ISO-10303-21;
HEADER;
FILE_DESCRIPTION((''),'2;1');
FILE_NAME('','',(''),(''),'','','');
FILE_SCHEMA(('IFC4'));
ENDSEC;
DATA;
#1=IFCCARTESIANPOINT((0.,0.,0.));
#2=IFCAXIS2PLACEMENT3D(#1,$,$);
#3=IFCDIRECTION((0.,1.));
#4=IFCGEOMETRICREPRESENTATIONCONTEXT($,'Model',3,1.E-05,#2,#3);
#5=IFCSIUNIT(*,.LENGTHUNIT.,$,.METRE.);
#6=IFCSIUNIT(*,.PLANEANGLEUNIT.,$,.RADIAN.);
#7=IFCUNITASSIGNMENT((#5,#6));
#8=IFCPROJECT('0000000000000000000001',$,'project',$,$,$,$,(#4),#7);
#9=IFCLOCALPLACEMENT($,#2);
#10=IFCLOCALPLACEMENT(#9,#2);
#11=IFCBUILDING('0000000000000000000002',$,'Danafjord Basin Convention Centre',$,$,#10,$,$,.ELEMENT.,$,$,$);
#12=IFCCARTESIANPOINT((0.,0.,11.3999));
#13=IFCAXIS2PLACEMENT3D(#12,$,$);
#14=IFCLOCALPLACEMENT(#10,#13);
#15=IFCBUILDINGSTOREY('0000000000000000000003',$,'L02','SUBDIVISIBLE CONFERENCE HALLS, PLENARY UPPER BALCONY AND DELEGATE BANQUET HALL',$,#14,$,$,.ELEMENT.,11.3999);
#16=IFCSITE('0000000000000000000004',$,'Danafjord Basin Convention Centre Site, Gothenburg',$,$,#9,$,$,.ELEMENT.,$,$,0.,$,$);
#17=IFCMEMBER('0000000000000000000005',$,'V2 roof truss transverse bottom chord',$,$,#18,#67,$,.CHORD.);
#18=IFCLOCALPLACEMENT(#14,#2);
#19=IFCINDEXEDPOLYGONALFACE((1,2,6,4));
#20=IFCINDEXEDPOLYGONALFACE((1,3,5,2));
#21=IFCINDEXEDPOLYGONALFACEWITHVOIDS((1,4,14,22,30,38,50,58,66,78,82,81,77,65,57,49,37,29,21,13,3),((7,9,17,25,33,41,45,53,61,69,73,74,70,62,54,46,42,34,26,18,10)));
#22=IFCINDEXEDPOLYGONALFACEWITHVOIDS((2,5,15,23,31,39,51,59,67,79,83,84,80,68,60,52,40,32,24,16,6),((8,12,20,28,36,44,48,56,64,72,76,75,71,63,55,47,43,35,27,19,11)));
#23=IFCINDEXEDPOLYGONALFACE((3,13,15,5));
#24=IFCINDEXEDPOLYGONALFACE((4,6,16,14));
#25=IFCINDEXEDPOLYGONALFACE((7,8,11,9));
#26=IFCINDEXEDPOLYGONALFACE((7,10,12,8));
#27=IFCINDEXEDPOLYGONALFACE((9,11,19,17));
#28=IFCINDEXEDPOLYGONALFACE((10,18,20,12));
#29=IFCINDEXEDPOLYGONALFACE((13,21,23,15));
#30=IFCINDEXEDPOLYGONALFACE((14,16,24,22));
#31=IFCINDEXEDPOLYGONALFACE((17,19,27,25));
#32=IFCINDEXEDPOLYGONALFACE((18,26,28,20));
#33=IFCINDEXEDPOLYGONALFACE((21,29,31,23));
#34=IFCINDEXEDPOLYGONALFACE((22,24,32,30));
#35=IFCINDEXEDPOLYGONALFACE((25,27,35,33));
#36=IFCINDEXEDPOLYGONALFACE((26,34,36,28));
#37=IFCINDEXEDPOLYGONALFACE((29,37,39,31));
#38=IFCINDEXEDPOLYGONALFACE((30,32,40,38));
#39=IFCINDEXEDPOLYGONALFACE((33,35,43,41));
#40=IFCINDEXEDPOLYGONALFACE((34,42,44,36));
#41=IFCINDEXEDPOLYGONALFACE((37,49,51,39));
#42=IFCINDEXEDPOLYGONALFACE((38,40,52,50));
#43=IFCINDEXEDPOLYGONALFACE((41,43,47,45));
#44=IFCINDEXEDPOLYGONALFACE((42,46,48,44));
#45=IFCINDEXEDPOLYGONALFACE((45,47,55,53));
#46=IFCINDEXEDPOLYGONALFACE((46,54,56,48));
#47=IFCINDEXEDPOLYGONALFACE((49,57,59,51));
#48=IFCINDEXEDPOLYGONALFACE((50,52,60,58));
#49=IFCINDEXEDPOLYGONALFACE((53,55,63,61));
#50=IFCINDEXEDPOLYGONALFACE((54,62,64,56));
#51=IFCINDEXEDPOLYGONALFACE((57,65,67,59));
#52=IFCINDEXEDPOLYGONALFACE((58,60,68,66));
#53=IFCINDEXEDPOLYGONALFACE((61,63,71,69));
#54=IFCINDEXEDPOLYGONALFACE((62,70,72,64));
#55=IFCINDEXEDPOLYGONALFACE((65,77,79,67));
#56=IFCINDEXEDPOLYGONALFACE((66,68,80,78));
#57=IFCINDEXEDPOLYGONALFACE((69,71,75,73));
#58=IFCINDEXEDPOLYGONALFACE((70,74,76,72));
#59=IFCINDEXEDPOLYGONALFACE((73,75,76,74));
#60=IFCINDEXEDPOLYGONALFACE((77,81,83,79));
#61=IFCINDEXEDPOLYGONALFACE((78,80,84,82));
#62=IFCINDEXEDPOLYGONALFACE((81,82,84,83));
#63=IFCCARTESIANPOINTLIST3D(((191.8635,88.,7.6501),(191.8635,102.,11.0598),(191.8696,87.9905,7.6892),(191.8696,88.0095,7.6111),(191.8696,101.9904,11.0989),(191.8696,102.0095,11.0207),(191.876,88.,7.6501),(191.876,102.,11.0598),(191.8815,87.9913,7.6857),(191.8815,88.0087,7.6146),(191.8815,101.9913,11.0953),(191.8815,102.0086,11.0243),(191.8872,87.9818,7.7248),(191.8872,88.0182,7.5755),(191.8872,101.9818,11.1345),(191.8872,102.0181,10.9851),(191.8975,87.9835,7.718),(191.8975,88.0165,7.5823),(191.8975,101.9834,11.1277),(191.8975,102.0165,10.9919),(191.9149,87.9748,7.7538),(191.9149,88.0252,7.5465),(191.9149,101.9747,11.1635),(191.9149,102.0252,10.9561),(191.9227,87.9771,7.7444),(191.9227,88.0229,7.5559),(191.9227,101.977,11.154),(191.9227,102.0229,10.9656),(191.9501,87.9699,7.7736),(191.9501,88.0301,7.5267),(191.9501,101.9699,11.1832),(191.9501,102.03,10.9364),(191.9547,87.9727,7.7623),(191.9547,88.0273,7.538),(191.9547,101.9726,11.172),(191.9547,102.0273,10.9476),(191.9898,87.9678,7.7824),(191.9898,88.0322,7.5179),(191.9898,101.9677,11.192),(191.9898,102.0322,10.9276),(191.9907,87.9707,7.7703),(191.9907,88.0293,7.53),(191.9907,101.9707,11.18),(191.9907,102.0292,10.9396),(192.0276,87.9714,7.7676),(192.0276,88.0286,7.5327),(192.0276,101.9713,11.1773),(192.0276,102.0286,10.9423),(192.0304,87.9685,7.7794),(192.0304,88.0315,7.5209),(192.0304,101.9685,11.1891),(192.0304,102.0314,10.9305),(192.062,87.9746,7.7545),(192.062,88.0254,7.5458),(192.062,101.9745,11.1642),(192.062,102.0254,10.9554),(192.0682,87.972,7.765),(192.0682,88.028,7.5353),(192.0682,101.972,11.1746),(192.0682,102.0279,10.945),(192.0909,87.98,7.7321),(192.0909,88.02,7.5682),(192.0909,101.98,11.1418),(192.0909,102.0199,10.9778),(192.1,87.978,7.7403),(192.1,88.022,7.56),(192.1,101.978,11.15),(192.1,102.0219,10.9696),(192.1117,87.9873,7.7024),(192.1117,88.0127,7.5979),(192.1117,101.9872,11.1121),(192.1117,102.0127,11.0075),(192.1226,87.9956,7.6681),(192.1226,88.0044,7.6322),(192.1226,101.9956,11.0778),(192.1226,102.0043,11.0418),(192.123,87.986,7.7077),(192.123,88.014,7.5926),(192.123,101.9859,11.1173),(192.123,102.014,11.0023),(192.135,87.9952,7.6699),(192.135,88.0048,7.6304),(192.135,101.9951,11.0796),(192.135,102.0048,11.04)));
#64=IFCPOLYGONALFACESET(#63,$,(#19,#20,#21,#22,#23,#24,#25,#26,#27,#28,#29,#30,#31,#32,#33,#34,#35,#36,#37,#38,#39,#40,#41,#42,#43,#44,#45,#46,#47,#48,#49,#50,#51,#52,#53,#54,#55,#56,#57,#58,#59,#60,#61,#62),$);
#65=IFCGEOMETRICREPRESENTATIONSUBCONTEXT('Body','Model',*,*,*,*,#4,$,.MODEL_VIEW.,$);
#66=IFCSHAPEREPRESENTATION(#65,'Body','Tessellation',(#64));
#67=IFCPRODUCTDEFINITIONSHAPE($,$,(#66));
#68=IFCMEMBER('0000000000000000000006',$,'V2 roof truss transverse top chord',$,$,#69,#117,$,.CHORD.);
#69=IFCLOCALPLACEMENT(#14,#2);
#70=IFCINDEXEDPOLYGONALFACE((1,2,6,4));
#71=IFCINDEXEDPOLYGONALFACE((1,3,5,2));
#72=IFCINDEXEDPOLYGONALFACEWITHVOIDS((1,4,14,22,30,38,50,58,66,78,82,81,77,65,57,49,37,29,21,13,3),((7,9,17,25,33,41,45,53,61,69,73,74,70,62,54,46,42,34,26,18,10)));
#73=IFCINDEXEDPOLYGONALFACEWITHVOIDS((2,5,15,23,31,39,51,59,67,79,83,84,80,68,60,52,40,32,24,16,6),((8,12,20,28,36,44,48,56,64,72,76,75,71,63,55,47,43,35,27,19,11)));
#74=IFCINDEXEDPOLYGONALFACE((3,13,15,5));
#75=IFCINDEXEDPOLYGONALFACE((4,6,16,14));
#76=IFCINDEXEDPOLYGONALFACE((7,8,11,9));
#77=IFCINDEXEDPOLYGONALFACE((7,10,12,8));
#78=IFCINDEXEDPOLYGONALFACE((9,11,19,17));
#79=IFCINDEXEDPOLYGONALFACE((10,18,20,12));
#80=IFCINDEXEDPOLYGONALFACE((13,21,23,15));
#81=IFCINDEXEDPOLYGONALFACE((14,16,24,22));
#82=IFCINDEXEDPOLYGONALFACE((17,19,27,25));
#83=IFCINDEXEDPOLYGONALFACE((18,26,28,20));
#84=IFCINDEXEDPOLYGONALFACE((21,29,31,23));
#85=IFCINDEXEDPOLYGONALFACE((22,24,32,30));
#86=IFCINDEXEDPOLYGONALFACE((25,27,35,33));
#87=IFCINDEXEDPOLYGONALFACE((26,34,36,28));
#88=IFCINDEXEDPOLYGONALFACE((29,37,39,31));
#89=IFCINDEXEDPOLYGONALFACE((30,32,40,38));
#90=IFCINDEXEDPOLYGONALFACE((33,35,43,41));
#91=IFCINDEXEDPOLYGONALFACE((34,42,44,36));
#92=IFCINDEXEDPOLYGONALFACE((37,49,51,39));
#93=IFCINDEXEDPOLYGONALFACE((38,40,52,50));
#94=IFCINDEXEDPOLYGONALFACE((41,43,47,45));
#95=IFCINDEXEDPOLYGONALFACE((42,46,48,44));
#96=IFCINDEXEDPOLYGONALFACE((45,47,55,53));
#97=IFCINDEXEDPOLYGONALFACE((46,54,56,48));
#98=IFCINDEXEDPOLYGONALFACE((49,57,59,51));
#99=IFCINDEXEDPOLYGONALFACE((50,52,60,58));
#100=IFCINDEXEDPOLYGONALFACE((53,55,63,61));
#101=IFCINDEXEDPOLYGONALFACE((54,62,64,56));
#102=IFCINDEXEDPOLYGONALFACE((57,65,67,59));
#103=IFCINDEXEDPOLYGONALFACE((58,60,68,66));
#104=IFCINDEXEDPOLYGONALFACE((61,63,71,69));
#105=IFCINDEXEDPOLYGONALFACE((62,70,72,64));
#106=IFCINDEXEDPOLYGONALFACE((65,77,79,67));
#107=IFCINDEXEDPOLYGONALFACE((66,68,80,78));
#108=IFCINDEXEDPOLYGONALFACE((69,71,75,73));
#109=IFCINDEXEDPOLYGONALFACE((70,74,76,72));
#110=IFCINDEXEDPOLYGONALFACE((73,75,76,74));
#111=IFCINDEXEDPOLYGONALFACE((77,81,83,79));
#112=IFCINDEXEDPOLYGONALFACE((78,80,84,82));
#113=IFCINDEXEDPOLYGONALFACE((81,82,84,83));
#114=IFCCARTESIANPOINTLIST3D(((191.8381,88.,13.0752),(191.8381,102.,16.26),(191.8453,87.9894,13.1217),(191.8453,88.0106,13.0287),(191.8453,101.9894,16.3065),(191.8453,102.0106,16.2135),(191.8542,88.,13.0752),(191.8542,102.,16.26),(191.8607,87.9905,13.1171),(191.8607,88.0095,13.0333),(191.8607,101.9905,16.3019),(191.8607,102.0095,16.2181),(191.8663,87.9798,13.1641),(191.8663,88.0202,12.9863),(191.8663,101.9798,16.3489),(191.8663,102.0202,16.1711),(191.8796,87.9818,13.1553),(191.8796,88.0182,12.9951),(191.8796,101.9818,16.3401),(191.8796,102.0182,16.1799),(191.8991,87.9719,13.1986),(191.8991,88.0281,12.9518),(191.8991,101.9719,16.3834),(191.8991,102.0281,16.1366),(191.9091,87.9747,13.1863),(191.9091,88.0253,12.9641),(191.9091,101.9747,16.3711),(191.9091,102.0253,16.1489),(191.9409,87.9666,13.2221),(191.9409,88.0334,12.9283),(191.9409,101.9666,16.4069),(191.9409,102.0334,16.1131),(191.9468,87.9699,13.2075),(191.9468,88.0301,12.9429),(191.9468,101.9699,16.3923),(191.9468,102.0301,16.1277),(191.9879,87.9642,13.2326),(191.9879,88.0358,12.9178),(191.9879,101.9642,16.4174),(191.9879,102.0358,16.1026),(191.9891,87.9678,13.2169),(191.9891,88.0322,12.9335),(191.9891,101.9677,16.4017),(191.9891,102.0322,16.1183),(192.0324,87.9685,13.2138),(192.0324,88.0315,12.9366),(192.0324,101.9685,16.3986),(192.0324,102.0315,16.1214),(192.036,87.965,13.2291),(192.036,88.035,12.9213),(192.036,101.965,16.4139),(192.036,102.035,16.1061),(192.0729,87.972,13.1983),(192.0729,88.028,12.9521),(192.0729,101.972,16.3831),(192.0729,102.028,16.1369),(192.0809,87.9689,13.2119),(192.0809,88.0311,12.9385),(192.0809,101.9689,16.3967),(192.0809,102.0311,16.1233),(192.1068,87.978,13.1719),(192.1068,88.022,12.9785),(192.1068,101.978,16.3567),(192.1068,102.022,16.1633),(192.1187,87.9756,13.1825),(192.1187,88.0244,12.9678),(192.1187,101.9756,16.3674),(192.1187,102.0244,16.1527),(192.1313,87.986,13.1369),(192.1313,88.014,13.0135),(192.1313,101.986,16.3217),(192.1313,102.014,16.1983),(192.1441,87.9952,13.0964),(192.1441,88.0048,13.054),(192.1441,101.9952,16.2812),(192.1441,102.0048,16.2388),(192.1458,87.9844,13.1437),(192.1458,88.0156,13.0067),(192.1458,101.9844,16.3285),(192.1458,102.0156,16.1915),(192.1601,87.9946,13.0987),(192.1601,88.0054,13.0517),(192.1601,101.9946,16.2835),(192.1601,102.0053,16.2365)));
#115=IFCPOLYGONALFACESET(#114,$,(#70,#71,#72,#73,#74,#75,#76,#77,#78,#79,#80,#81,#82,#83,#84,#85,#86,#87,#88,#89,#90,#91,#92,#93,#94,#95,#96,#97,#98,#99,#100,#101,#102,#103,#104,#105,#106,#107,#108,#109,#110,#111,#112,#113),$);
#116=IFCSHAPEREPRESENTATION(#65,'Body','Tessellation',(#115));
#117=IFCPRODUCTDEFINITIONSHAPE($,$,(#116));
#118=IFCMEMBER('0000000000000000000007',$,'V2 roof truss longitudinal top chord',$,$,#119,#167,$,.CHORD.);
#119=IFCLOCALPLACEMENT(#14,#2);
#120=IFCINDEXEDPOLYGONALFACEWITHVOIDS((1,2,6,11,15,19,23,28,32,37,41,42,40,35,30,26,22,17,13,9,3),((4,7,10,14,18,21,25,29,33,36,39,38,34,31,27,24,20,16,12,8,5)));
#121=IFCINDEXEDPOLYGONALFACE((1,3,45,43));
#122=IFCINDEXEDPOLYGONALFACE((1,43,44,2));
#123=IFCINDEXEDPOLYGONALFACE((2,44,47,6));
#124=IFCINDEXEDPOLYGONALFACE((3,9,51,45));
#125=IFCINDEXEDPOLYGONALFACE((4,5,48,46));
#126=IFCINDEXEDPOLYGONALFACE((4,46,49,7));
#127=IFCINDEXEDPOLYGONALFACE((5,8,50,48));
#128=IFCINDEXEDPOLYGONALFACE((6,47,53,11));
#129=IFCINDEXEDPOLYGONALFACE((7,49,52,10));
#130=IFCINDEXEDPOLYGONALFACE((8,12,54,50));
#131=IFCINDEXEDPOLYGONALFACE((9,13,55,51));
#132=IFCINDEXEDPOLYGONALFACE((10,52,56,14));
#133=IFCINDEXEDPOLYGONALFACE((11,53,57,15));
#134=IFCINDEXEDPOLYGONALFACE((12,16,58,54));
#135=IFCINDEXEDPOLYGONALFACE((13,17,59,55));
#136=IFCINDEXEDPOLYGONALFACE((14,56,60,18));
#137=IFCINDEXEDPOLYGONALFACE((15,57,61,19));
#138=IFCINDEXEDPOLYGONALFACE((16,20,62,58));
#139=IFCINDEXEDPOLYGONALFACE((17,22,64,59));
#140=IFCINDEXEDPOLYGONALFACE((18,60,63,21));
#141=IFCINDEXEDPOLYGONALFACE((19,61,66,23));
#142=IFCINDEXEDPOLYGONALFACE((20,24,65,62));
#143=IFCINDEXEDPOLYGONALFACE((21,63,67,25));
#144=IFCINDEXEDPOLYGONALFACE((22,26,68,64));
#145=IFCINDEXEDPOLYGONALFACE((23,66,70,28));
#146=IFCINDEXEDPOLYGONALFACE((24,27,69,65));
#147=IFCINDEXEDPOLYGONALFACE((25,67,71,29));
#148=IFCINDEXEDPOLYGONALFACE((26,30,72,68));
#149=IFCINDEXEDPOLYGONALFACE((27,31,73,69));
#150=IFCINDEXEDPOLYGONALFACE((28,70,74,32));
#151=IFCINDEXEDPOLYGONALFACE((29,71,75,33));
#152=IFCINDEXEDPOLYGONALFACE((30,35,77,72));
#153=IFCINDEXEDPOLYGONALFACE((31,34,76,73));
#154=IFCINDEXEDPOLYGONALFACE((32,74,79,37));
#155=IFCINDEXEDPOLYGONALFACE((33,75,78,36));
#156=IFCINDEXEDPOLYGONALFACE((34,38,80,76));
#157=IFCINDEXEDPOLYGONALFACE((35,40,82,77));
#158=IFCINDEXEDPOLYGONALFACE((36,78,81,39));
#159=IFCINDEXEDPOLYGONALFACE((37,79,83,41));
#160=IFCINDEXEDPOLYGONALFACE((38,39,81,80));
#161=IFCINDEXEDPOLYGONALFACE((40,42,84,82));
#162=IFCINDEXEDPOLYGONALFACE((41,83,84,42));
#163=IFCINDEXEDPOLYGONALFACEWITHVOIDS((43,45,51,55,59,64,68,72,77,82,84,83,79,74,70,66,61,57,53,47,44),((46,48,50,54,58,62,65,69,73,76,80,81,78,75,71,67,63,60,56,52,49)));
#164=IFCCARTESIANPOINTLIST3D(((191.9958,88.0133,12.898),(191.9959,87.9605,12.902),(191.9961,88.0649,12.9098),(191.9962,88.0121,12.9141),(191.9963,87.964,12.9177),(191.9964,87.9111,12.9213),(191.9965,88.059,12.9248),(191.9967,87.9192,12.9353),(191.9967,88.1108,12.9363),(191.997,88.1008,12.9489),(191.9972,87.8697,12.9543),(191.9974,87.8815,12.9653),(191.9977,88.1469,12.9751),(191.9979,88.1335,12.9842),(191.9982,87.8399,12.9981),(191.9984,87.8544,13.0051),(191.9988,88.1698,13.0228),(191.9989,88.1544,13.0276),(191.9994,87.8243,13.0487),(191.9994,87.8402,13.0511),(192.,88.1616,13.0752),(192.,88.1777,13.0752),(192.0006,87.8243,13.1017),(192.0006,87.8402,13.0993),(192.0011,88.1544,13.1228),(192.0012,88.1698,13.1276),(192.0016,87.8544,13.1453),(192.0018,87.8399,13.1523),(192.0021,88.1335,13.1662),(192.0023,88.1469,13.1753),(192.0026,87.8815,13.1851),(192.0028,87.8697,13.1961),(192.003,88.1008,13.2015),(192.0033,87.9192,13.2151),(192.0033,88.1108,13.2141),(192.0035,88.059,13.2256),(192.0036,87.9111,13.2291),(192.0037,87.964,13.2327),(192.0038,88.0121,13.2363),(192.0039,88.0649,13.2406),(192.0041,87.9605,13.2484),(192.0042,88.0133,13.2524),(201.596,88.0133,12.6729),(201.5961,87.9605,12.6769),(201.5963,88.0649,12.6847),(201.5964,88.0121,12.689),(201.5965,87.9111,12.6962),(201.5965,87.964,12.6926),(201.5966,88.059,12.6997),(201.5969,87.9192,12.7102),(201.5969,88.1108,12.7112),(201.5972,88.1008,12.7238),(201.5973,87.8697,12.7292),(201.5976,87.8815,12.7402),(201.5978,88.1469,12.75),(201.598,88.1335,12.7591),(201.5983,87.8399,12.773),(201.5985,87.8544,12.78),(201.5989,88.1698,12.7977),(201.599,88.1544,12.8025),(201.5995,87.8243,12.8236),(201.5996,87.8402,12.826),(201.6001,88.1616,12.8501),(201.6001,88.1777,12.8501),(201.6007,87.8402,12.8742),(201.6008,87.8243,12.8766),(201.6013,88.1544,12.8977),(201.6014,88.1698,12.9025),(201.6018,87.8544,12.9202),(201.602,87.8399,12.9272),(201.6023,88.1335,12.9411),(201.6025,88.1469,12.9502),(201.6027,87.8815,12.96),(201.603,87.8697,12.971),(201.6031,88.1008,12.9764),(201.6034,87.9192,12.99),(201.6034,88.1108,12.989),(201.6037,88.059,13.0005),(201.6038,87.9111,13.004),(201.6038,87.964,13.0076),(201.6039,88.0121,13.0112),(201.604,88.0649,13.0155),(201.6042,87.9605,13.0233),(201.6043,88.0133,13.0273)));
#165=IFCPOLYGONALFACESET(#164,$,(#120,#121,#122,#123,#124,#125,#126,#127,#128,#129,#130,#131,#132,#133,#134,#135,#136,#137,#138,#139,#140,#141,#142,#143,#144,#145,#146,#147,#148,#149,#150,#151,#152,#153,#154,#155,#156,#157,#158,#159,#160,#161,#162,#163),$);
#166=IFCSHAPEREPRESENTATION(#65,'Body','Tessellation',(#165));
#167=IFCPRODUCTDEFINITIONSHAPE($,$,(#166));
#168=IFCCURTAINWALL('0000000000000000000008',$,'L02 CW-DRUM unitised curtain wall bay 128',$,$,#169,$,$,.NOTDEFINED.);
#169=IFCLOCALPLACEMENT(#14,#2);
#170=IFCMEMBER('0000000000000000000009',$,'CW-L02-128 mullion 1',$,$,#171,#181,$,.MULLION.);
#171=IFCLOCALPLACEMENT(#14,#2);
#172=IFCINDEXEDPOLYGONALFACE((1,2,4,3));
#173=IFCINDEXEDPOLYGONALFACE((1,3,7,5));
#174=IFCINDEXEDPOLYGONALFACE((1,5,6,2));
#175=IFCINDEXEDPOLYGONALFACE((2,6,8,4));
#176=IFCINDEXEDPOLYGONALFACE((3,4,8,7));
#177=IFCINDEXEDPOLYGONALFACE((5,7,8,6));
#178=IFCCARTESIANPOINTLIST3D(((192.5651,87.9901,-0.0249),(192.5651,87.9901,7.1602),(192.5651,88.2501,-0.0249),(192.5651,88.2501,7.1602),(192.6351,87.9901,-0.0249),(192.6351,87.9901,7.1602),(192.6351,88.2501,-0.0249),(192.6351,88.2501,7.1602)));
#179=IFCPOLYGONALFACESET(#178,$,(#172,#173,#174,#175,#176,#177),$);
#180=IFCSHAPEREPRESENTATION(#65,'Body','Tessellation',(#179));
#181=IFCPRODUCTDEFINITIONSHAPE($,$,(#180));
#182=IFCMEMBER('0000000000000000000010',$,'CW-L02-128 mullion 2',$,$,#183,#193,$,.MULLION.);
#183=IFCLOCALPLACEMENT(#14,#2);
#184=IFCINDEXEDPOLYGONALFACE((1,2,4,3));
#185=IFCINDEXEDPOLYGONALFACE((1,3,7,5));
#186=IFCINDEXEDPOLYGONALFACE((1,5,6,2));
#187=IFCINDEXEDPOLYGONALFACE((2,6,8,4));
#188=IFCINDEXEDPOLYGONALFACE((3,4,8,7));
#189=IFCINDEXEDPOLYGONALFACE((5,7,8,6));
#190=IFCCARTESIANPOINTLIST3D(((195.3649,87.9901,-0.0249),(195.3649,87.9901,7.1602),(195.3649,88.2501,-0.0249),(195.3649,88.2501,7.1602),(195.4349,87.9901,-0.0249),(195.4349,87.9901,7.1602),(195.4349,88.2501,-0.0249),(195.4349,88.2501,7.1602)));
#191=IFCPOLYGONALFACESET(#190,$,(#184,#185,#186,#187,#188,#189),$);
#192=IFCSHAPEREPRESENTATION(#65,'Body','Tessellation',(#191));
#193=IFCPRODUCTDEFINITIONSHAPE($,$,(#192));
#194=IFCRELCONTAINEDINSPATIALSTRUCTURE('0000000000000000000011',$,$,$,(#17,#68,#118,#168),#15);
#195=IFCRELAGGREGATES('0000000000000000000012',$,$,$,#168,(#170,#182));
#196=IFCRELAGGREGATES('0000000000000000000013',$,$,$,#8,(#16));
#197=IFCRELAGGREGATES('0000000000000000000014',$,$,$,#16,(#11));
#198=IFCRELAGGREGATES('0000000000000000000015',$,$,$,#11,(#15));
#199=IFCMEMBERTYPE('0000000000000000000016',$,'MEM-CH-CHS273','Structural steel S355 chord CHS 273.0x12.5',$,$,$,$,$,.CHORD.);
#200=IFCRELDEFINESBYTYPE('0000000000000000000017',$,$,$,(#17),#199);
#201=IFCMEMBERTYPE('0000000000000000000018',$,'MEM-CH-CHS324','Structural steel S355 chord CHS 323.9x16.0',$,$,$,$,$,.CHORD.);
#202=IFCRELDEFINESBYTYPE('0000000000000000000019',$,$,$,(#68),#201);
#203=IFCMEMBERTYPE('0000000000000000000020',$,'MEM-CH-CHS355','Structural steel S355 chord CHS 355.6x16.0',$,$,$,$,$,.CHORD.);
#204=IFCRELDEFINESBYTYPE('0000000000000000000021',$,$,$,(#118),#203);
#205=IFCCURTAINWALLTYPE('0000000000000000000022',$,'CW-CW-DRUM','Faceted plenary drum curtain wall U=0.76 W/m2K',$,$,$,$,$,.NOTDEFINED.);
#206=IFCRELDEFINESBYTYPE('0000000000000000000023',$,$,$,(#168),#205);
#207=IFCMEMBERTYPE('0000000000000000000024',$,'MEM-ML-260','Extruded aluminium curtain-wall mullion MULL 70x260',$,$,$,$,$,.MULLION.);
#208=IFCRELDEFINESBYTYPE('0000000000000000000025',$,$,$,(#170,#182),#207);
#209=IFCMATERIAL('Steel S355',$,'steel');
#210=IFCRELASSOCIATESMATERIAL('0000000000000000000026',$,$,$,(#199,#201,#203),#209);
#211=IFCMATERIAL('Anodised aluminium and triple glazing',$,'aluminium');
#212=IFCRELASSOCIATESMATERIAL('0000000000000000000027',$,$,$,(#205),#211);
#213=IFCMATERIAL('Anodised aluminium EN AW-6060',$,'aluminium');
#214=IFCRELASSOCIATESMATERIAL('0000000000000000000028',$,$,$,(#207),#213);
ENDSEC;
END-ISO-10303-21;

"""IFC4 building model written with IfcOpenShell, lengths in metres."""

from ifc_helpers import new_model, si_unit, direction, frame, origin, origin_2d, place, context, subcontext, project, spatial, rectangle, hollow_circle, extrude, material, material_profile, profile_set, type_object, element, aggregate, save


model = new_model("IFC4")

# Units and contexts
model_context = context("Model", 3, precision=1e-05, world=origin(), true_north=direction((0.0, 1.0)))
body_context = subcontext(model_context, "Body", "Model", "MODEL_VIEW")
ifc_project = project(units=[si_unit("LENGTHUNIT", "METRE"), si_unit("PLANEANGLEUNIT", "RADIAN")], contexts=[model_context])

# Site, building, storey
site_placement = place(None, origin())
site = spatial("IfcSite", under=ifc_project, at=site_placement, Name="Danafjord Basin Convention Centre Site, Gothenburg", CompositionType="ELEMENT", RefElevation=0.0)
building_placement = place(site_placement, origin())
building = spatial("IfcBuilding", under=site, at=building_placement, Name="Danafjord Basin Convention Centre", CompositionType="ELEMENT")
storey_placement = place(building_placement, frame((0.0, 0.0, 11.3999)))
storey = spatial("IfcBuildingStorey", under=building, at=storey_placement, Name="L02", Description="SUBDIVISIBLE CONFERENCE HALLS, PLENARY UPPER BALCONY AND DELEGATE BANQUET HALL", CompositionType="ELEMENT", Elevation=11.3999)

# Shared definitions
ifc_material_1 = material(Name="Steel S355", Category="steel")

# Members
ifc_material_profile_1 = material_profile(ifc_material_1, hollow_circle(Radius=0.1365, WallThickness=0.0125, at=origin_2d()), Name="CHS 273.0x12.5")
ifc_profile_set_1 = profile_set([ifc_material_profile_1], Name="Steel S355")
member_type_1 = type_object("IfcMemberType", Name="MEM-CH-CHS273", Description="Structural steel S355 chord CHS 273.0x12.5", PredefinedType="CHORD", material=ifc_profile_set_1)
member_1_placement = place(storey_placement, frame((192.0, 88.0, 7.6501), z_axis=(0.0, 0.9716, 0.236631), x_axis=(-1.0, 0.0, 0.0)))
element("IfcMember", 1, at=member_1_placement, inside=storey, type_object=member_type_1, Name="V2 roof truss transverse bottom chord", PredefinedType="CHORD", context=body_context, shape_type="SweptSolid", body=[
    extrude(hollow_circle(Radius=0.1365, WallThickness=0.0125, at=origin_2d()), origin(), (0.0, 0.0, 1.0), 14.4092),
])
ifc_material_profile_2 = material_profile(ifc_material_1, hollow_circle(Radius=0.1619, WallThickness=0.0161, at=origin_2d()), Name="CHS 323.9x16.0")
ifc_profile_set_2 = profile_set([ifc_material_profile_2], Name="Steel S355")
member_type_2 = type_object("IfcMemberType", Name="MEM-CH-CHS324", Description="Structural steel S355 chord CHS 323.9x16.0", PredefinedType="CHORD", material=ifc_profile_set_2)
member_2_placement = place(storey_placement, frame((192.0, 88.0, 13.0752), z_axis=(0.0, 0.975088, 0.22182), x_axis=(-1.0, 0.0, 0.0)))
element("IfcMember", 2, at=member_2_placement, inside=storey, type_object=member_type_2, Name="V2 roof truss transverse top chord", PredefinedType="CHORD", context=body_context, shape_type="SweptSolid", body=[
    extrude(hollow_circle(Radius=0.1619, WallThickness=0.0161, at=origin_2d()), origin(), (0.0, 0.0, 1.0), 14.3577),
])
ifc_material_profile_3 = material_profile(ifc_material_1, hollow_circle(Radius=0.1777, WallThickness=0.0161, at=origin_2d()), Name="CHS 355.6x16.0")
ifc_profile_set_3 = profile_set([ifc_material_profile_3], Name="Steel S355")
member_type_3 = type_object("IfcMemberType", Name="MEM-CH-CHS355", Description="Structural steel S355 chord CHS 355.6x16.0", PredefinedType="CHORD", material=ifc_profile_set_3)
member_3_placement = place(storey_placement, frame((192.0, 88.0, 13.0752), z_axis=(0.999725, 0.0, -0.023441), x_axis=(0.0, 1.0, 0.0)))
element("IfcMember", 3, at=member_3_placement, inside=storey, type_object=member_type_3, Name="V2 roof truss longitudinal top chord", PredefinedType="CHORD", context=body_context, shape_type="SweptSolid", body=[
    extrude(hollow_circle(Radius=0.1777, WallThickness=0.0161, at=origin_2d()), origin(), (0.0, 0.0, 1.0), 9.6028),
])

# Curtain wall, members
ifc_material_2 = material(Name="Anodised aluminium and triple glazing", Category="aluminium")
curtain_wall_type = type_object("IfcCurtainWallType", Name="CW-CW-DRUM", Description="Faceted plenary drum curtain wall U=0.76 W/m2K", PredefinedType="NOTDEFINED", material=ifc_material_2)
curtain_wall_placement = place(storey_placement, origin())
curtain_wall = element("IfcCurtainWall", 4, at=curtain_wall_placement, inside=storey, type_object=curtain_wall_type, Name="L02 CW-DRUM unitised curtain wall bay 128", PredefinedType="NOTDEFINED")
ifc_material_3 = material(Name="Anodised aluminium EN AW-6060", Category="aluminium")
ifc_material_profile_4 = material_profile(ifc_material_3, rectangle(XDim=0.0701, YDim=0.26, at=origin_2d()), Name="MULL 70x260")
ifc_profile_set_4 = profile_set([ifc_material_profile_4], Name="Anodised aluminium EN AW-6060")
member_type_4 = type_object("IfcMemberType", Name="MEM-ML-260", Description="Extruded aluminium curtain-wall mullion MULL 70x260", PredefinedType="MULLION", material=ifc_profile_set_4)
member_4_placement = place(storey_placement, frame((192.6001, 88.1201, -0.0249), z_axis=(0.0, 0.0, 1.0), x_axis=(1.0, 0.0, 0.0)))
member_4 = element("IfcMember", 5, at=member_4_placement, type_object=member_type_4, Name="CW-L02-128 mullion 1", PredefinedType="MULLION", context=body_context, shape_type="SweptSolid", body=[
    extrude(rectangle(XDim=0.0701, YDim=0.26, at=origin_2d()), origin(), (0.0, 0.0, 1.0), 7.1851),
])
member_5_placement = place(storey_placement, frame((195.3999, 88.1201, -0.0249), z_axis=(0.0, 0.0, 1.0), x_axis=(1.0, 0.0, 0.0)))
member_5 = element("IfcMember", 6, at=member_5_placement, type_object=member_type_4, Name="CW-L02-128 mullion 2", PredefinedType="MULLION", context=body_context, shape_type="SweptSolid", body=[
    extrude(rectangle(XDim=0.0701, YDim=0.26, at=origin_2d()), origin(), (0.0, 0.0, 1.0), 7.1851),
])

aggregate(curtain_wall, [member_4, member_5])

save(model, "model.ifc")
